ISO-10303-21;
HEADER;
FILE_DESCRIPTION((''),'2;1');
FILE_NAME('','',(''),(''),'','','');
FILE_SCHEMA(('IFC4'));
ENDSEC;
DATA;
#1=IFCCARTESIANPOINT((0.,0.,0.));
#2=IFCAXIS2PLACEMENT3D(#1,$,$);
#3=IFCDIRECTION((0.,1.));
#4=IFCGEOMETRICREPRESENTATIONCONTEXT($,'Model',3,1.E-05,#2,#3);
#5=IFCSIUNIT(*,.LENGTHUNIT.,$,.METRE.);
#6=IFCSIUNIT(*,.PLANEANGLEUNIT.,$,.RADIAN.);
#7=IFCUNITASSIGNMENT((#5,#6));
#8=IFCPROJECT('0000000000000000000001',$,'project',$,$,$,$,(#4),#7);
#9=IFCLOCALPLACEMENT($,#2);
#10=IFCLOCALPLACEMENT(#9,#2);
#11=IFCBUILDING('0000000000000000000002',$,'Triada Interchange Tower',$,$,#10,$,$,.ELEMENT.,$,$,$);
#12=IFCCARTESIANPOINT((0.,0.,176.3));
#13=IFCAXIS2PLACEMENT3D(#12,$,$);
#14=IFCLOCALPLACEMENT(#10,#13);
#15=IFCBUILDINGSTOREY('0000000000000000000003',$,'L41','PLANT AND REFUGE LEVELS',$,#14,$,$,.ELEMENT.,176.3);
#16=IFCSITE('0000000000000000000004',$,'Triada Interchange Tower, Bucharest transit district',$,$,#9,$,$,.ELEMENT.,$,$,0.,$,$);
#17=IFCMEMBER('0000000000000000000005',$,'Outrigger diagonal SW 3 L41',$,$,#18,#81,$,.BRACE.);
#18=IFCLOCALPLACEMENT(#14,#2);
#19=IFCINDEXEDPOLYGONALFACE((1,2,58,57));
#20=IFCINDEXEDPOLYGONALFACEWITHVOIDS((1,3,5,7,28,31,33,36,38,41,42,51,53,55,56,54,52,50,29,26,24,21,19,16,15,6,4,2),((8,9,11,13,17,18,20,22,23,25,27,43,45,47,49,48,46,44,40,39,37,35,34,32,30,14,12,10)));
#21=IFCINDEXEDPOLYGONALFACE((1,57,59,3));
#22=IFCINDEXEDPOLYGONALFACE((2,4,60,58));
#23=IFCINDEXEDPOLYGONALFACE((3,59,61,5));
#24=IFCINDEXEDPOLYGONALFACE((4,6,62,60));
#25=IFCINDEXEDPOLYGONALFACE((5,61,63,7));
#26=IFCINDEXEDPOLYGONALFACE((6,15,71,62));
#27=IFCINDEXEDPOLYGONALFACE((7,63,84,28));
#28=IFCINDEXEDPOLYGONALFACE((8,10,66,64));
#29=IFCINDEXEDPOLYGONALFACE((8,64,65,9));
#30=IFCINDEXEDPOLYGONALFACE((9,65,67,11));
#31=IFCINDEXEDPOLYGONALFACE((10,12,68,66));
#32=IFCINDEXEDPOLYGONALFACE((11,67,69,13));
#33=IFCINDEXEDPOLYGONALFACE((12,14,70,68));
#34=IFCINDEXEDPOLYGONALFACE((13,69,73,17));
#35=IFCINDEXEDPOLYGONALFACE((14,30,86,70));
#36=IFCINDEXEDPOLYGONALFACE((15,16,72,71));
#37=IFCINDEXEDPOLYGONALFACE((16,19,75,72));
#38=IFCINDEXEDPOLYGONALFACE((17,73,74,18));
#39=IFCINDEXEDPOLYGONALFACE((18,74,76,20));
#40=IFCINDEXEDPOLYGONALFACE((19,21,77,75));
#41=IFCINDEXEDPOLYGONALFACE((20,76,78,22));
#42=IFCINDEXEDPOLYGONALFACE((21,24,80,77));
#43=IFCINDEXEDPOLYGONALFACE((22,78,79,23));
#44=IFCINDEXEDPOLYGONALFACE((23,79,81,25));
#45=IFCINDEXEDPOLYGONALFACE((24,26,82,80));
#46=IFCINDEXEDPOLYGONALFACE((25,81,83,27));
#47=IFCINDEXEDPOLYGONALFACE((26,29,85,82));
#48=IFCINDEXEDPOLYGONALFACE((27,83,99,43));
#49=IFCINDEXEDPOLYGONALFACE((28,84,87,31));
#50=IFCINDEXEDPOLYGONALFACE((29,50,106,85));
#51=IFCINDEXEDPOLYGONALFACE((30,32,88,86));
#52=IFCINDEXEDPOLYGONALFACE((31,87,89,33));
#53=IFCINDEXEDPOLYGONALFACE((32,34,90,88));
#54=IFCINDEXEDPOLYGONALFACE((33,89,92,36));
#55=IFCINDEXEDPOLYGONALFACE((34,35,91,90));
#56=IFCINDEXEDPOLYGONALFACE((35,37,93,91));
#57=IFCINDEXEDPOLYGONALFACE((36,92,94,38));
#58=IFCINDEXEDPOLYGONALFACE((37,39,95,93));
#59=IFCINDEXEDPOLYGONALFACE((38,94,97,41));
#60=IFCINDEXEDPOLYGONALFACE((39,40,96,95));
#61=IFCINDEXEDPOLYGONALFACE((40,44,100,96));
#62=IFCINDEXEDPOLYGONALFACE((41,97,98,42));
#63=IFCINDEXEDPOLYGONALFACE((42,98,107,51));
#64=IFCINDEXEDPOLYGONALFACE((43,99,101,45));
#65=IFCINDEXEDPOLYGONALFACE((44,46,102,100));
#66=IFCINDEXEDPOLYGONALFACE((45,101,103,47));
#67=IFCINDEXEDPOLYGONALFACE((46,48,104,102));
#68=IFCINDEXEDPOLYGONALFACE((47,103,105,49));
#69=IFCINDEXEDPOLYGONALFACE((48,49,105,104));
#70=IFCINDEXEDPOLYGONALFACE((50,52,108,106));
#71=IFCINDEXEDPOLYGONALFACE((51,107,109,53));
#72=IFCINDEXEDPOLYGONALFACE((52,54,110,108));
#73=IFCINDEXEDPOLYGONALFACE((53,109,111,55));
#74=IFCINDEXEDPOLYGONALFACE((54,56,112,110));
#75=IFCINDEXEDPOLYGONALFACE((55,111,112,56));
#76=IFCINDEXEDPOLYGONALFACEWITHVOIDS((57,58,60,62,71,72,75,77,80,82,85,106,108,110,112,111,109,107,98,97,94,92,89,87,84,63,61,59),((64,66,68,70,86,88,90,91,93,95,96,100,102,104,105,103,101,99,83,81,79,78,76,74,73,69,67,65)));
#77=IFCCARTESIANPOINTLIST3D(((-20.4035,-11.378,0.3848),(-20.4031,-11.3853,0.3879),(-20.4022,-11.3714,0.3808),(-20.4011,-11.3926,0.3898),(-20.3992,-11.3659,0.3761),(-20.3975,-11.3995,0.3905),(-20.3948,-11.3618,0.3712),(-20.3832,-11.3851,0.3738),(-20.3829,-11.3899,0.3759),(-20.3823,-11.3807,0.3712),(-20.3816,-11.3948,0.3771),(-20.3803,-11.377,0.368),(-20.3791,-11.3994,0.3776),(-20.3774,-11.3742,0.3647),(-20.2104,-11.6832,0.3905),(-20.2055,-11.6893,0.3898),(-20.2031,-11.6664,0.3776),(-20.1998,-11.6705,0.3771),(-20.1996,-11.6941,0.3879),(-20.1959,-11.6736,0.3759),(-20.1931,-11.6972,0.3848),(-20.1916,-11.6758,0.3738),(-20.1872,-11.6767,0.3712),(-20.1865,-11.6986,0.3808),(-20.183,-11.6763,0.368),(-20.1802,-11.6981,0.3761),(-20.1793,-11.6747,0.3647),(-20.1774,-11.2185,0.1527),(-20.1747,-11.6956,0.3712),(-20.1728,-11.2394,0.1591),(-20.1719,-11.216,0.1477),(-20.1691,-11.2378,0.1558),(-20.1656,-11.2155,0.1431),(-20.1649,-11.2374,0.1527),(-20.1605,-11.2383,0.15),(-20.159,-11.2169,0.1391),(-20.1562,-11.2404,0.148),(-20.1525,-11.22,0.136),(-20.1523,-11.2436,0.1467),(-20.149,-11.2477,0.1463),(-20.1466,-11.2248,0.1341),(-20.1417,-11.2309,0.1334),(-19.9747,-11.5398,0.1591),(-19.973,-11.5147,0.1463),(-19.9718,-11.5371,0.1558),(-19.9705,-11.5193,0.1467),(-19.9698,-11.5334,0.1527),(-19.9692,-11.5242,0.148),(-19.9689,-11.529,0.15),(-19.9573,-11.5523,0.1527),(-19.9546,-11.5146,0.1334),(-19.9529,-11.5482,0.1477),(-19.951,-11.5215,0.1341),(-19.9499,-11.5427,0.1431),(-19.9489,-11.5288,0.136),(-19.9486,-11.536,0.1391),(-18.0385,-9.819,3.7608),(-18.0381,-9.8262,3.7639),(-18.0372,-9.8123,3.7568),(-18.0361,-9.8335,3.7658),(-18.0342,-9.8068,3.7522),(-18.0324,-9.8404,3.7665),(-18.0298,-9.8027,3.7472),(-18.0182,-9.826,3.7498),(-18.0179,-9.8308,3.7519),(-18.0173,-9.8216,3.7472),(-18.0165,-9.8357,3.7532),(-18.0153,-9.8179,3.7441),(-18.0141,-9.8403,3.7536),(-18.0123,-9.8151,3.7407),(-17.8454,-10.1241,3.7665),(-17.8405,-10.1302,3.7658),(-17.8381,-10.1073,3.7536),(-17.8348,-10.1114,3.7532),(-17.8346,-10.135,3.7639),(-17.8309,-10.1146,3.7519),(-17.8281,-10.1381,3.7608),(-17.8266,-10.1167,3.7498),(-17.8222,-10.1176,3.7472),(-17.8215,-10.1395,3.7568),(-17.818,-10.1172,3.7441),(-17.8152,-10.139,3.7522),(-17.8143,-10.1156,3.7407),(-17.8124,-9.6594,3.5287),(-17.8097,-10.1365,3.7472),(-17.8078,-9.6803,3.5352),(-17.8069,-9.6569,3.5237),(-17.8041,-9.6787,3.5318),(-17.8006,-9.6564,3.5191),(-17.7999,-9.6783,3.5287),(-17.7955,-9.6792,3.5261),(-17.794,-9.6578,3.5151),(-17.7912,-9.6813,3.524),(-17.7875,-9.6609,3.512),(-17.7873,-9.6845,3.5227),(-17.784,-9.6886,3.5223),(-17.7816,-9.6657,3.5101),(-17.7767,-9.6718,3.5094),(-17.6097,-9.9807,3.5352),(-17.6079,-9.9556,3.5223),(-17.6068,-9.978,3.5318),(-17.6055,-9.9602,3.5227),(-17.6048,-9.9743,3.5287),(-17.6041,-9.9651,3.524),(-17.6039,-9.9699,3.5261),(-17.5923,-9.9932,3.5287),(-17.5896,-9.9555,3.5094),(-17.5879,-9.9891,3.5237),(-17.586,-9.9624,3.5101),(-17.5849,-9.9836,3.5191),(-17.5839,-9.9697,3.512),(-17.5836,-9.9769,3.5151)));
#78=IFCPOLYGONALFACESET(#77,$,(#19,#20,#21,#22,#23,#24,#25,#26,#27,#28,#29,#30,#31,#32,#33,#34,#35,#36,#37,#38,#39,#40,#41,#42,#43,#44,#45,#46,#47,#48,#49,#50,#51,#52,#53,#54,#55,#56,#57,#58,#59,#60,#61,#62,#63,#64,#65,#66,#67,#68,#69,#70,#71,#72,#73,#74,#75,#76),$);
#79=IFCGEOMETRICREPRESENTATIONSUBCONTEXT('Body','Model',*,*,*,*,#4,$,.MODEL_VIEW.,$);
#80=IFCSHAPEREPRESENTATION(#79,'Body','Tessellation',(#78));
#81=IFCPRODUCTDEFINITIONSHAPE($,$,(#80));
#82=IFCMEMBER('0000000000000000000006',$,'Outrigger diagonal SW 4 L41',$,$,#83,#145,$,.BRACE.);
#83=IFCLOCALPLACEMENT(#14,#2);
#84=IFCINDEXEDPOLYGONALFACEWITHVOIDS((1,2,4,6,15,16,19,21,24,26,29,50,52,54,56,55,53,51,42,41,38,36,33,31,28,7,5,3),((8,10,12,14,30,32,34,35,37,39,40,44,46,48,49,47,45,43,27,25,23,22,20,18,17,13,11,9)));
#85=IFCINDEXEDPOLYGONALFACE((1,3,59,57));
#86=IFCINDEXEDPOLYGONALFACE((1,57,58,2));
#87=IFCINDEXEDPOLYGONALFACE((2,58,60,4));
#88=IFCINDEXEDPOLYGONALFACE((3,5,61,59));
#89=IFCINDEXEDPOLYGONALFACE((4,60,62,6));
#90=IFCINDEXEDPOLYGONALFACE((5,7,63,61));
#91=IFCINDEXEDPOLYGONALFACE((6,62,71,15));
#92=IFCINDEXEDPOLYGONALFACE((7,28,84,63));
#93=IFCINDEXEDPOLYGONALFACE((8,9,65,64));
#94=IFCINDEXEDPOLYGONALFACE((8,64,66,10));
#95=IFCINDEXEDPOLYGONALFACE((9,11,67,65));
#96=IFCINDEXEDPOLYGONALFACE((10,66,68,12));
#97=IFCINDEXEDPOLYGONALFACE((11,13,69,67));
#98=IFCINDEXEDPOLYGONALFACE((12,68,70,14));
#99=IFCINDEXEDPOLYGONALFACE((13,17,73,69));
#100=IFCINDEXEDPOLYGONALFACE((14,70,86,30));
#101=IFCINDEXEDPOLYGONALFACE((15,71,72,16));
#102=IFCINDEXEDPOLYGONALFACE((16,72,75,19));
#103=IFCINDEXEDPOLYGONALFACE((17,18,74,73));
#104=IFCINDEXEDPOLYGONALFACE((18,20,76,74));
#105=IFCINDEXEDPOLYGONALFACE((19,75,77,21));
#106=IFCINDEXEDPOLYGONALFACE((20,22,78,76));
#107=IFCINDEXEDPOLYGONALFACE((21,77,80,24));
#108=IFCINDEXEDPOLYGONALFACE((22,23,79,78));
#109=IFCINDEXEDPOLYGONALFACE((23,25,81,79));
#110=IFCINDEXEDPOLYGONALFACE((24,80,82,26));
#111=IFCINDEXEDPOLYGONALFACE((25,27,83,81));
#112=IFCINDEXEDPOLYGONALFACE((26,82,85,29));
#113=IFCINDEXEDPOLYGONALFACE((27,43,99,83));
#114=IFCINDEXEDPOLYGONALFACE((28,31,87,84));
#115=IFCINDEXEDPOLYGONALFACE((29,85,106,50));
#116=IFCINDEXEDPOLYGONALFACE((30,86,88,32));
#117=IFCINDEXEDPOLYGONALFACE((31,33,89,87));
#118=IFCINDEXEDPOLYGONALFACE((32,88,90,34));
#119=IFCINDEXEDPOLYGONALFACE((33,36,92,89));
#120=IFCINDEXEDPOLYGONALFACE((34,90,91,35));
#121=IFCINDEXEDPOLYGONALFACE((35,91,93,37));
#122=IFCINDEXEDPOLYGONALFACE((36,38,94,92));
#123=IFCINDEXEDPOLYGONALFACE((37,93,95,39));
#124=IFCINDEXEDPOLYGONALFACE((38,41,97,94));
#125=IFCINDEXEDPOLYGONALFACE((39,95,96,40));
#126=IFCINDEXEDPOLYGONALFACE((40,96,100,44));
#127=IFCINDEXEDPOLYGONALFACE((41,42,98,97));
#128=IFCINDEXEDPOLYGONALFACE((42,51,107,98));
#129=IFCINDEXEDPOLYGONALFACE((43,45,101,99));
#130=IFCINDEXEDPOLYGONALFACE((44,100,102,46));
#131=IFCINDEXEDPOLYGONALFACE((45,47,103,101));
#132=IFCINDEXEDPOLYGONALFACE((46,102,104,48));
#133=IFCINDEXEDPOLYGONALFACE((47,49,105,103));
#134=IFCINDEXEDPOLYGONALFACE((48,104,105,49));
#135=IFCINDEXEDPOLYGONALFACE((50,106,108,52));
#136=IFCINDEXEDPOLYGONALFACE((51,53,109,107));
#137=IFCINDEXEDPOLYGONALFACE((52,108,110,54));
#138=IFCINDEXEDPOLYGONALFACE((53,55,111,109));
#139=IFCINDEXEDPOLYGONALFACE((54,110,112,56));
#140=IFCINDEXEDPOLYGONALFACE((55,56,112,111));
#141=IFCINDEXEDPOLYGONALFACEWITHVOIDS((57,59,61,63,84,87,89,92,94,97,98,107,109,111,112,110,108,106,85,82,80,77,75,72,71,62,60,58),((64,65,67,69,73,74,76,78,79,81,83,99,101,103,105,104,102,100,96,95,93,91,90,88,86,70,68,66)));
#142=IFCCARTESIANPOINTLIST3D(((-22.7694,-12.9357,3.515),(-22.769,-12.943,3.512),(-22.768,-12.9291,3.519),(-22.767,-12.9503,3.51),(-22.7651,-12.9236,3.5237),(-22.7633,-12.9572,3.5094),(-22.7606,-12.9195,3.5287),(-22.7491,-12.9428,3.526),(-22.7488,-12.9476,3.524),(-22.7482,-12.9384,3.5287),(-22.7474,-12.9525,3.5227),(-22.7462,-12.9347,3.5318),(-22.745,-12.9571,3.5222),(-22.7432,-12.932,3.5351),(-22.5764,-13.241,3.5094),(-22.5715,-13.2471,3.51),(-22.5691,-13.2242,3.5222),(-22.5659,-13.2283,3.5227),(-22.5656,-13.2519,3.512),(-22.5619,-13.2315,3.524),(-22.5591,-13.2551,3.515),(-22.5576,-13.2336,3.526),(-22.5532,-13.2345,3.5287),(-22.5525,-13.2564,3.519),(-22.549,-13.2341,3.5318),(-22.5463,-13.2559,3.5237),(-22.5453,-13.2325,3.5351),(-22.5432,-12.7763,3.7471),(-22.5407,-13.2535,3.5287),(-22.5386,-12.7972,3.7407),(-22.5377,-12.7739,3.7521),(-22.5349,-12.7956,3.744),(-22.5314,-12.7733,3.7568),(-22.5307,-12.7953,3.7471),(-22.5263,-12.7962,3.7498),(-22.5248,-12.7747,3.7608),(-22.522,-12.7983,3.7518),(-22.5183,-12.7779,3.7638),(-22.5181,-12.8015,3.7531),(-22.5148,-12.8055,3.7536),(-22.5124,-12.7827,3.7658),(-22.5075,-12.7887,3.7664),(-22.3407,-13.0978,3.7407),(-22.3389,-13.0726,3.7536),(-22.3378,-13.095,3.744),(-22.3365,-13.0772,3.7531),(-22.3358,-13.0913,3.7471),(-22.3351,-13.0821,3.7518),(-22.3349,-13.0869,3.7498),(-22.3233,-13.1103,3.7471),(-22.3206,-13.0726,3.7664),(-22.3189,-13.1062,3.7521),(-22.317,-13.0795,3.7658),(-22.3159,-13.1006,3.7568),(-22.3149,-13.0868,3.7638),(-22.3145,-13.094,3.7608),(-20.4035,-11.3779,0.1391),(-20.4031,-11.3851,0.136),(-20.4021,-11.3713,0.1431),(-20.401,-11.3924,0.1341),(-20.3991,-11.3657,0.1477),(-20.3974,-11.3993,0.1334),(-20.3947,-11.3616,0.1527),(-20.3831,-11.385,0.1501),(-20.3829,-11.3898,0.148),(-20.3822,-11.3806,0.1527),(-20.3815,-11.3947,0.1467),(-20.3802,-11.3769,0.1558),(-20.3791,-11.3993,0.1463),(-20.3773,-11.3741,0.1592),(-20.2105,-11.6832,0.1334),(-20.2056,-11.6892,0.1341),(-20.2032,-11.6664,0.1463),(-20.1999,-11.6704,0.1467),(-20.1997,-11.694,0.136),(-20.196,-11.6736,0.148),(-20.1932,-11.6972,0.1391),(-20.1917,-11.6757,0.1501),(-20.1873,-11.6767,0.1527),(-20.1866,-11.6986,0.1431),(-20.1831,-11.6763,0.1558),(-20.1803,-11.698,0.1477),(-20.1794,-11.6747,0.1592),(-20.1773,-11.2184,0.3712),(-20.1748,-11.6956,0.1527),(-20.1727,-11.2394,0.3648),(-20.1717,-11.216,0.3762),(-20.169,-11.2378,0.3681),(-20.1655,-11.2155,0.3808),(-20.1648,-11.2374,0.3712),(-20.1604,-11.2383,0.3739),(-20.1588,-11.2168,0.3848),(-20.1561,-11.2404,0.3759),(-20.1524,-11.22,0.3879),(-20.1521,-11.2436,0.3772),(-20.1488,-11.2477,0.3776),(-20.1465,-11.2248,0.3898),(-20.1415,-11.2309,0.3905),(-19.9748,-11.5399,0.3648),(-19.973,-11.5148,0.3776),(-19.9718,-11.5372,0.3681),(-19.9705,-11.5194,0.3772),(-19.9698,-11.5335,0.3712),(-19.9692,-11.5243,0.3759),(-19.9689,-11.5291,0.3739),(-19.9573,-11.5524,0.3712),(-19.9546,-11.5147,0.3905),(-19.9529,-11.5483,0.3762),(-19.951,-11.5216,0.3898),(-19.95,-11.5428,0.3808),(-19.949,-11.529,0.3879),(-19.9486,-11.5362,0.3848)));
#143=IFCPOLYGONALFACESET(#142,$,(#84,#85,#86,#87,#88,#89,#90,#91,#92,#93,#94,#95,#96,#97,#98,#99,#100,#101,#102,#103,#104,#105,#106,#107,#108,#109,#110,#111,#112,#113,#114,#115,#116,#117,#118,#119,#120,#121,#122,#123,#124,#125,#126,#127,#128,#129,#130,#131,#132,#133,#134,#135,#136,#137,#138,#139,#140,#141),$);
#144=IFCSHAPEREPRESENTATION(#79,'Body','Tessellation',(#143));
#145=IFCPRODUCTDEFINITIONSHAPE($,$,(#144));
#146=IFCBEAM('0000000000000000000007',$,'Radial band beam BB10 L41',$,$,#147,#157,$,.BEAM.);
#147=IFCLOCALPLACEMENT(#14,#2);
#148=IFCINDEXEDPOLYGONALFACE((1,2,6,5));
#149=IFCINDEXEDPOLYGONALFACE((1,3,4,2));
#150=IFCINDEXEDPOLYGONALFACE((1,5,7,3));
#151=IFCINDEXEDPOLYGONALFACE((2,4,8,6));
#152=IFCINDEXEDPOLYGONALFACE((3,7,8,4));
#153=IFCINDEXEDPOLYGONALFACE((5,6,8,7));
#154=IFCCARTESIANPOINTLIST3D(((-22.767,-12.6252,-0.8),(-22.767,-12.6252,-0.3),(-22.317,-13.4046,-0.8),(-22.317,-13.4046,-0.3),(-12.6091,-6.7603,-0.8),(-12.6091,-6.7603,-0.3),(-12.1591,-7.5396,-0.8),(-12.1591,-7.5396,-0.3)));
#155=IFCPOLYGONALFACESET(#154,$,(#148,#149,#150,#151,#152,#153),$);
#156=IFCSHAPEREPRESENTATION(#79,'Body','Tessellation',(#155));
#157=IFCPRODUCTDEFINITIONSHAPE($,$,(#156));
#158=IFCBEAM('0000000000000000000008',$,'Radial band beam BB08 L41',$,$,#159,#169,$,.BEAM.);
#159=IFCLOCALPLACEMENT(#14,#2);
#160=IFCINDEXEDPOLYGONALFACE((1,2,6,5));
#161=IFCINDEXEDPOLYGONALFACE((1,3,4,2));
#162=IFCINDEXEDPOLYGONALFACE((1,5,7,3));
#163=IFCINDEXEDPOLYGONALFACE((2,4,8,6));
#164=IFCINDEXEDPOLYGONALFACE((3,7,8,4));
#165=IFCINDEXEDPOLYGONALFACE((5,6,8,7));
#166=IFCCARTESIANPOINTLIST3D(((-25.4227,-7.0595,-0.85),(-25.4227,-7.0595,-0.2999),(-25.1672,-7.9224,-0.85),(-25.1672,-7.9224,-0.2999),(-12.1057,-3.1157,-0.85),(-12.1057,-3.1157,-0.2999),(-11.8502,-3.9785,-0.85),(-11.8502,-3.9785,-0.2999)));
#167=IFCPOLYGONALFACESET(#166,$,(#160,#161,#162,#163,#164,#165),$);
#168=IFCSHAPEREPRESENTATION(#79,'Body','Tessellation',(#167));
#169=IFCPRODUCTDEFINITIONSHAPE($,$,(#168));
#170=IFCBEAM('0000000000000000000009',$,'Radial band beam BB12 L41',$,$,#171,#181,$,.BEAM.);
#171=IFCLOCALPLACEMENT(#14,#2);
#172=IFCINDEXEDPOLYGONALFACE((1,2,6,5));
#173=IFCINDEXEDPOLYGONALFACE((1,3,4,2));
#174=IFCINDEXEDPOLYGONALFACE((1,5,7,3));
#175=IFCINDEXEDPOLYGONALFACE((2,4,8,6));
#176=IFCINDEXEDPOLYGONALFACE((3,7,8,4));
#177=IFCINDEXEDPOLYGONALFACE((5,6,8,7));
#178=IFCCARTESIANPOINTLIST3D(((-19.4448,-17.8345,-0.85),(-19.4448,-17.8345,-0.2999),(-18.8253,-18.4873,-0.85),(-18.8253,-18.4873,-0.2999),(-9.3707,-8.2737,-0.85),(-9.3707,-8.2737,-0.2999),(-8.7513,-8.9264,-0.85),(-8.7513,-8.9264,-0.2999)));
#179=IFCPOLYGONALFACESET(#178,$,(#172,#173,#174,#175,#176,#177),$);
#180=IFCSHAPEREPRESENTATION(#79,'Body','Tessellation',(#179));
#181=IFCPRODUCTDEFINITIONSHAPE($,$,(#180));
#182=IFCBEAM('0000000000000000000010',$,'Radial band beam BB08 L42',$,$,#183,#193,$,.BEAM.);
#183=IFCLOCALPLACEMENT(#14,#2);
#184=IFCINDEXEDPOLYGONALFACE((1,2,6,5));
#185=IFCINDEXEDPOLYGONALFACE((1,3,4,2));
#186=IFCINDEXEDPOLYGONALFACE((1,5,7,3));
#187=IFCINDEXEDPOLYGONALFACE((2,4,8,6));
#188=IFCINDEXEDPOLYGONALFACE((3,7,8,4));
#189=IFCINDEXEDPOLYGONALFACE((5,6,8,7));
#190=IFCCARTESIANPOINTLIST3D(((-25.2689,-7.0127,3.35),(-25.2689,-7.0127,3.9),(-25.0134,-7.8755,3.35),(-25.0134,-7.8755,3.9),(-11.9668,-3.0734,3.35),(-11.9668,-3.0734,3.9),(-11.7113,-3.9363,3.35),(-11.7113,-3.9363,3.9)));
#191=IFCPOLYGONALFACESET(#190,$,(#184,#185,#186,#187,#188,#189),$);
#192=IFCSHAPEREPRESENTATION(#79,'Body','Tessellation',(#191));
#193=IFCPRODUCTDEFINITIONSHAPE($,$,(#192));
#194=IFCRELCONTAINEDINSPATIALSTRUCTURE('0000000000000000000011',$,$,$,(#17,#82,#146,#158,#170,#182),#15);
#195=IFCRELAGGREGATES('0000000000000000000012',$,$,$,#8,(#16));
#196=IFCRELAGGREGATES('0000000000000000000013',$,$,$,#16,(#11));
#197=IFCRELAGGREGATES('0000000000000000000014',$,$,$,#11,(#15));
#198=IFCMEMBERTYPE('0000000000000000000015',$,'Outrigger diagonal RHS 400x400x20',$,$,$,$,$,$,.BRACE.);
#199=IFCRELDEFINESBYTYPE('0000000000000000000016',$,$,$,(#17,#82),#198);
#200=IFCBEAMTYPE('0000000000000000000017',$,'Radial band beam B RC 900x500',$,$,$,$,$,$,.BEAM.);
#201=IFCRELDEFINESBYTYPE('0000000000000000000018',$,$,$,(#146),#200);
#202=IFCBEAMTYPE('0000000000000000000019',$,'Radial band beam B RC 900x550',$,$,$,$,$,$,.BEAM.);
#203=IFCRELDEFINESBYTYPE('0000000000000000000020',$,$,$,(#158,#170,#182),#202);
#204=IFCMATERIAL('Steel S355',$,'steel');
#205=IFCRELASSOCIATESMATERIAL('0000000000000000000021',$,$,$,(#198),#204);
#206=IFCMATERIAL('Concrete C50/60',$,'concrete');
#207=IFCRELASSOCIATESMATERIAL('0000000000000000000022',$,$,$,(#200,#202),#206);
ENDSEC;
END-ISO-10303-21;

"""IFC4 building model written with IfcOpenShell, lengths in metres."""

from ifc_helpers import new_model, si_unit, direction, frame, origin, origin_2d, place, context, subcontext, project, spatial, rectangle, hollow_rectangle, extrude, material, material_profile, profile_set, type_object, element, save


model = new_model("IFC4")

# Units and contexts
model_context = context("Model", 3, precision=1e-05, world=origin(), true_north=direction((0.0, 1.0)))
body_context = subcontext(model_context, "Body", "Model", "MODEL_VIEW")
ifc_project = project(units=[si_unit("LENGTHUNIT", "METRE"), si_unit("PLANEANGLEUNIT", "RADIAN")], contexts=[model_context])

# Site, building, storey
site_placement = place(None, origin())
site = spatial("IfcSite", under=ifc_project, at=site_placement, Name="Triada Interchange Tower, Bucharest transit district", CompositionType="ELEMENT", RefElevation=0.0)
building_placement = place(site_placement, origin())
building = spatial("IfcBuilding", under=site, at=building_placement, Name="Triada Interchange Tower", CompositionType="ELEMENT")
storey_placement = place(building_placement, frame((0.0, 0.0, 176.3)))
storey = spatial("IfcBuildingStorey", under=building, at=storey_placement, Name="L41", Description="PLANT AND REFUGE LEVELS", CompositionType="ELEMENT", Elevation=176.3)

# Members
ifc_material_1 = material(Name="Steel S355", Category="steel")
ifc_material_profile_1 = material_profile(ifc_material_1, hollow_rectangle(XDim=0.3999, YDim=0.3999, WallThickness=0.02, InnerFilletRadius=0.02, OuterFilletRadius=0.03, at=origin_2d()), Name="RHS 400x400x20")
ifc_profile_set_1 = profile_set([ifc_material_profile_1], Name="Steel S355")
member_type_1 = type_object("IfcMemberType", Name="Outrigger diagonal RHS 400x400x20", PredefinedType="BRACE", material=ifc_profile_set_1)
for number, where, z_axis, x_axis, name in (
    (1, (-17.811, -9.8979, 3.6379), (-0.536651, -0.353779, -0.766059), (0.550397, -0.834903, 0.0), "Outrigger diagonal SW 3 L41"),
    (2, (-20.176, -11.457, 0.262), (-0.536861, -0.353494, 0.766043), (0.549938, -0.835206, 0.0), "Outrigger diagonal SW 4 L41"),
):
    element("IfcMember", number, at=place(storey_placement, frame(where, z_axis=z_axis, x_axis=x_axis)), inside=storey, type_object=member_type_1, Name=name, PredefinedType="BRACE", context=body_context, shape_type="SweptSolid", body=[
        extrude(hollow_rectangle(XDim=0.3999, YDim=0.3999, WallThickness=0.02, InnerFilletRadius=0.02, OuterFilletRadius=0.03, at=origin_2d()), origin(), (0.0, 0.0, 1.0), 4.407),
    ])

# Beams
ifc_material_2 = material(Name="Concrete C50/60", Category="concrete")
ifc_material_profile_2 = material_profile(ifc_material_2, rectangle(XDim=0.8999, YDim=0.5, at=origin_2d()), Name="RC 900x500")
ifc_profile_set_2 = profile_set([ifc_material_profile_2], Name="Concrete C50/60")
beam_type_1 = type_object("IfcBeamType", Name="Radial band beam B RC 900x500", PredefinedType="BEAM", material=ifc_profile_set_2)
beam_1_placement = place(storey_placement, frame((-22.542, -13.0149, -0.55), z_axis=(0.866015, 0.500019, 0.0), x_axis=(-0.500019, 0.866015, 0.0)))
element("IfcBeam", 3, at=beam_1_placement, inside=storey, type_object=beam_type_1, Name="Radial band beam BB10 L41", PredefinedType="BEAM", context=body_context, shape_type="SweptSolid", body=[
    extrude(rectangle(XDim=0.8999, YDim=0.5, at=origin_2d()), origin(), (0.0, 0.0, 1.0), 11.7295),
])
ifc_material_profile_3 = material_profile(ifc_material_2, rectangle(XDim=0.8999, YDim=0.55, at=origin_2d()), Name="RC 900x550")
ifc_profile_set_3 = profile_set([ifc_material_profile_3], Name="Concrete C50/60")
beam_type_2 = type_object("IfcBeamType", Name="Radial band beam B RC 900x550", PredefinedType="BEAM", material=ifc_profile_set_3)
for number, where, z_axis, x_axis, name in (
    (4, (-25.2949, -7.491, -0.575), (0.958835, 0.283963, 0.0), (-0.283963, 0.958835, 0.0), "Radial band beam BB08 L41"),
    (5, (-19.135, -18.1609, -0.575), (0.72534, 0.68839, 0.0), (-0.68839, 0.72534, 0.0), "Radial band beam BB12 L41"),
):
    element("IfcBeam", number, at=place(storey_placement, frame(where, z_axis=z_axis, x_axis=x_axis)), inside=storey, type_object=beam_type_2, Name=name, PredefinedType="BEAM", context=body_context, shape_type="SweptSolid", body=[
        extrude(rectangle(XDim=0.8999, YDim=0.55, at=origin_2d()), origin(), (0.0, 0.0, 1.0), 13.8887),
    ])
beam_2_placement = place(storey_placement, frame((-25.1411, -7.4441, 3.625), z_axis=(0.95884, 0.283948, 0.0), x_axis=(-0.283948, 0.95884, 0.0)))
element("IfcBeam", 6, at=beam_2_placement, inside=storey, type_object=beam_type_2, Name="Radial band beam BB08 L42", PredefinedType="BEAM", context=body_context, shape_type="SweptSolid", body=[
    extrude(rectangle(XDim=0.8999, YDim=0.55, at=origin_2d()), origin(), (0.0, 0.0, 1.0), 13.873),
])

save(model, "model.ifc")
